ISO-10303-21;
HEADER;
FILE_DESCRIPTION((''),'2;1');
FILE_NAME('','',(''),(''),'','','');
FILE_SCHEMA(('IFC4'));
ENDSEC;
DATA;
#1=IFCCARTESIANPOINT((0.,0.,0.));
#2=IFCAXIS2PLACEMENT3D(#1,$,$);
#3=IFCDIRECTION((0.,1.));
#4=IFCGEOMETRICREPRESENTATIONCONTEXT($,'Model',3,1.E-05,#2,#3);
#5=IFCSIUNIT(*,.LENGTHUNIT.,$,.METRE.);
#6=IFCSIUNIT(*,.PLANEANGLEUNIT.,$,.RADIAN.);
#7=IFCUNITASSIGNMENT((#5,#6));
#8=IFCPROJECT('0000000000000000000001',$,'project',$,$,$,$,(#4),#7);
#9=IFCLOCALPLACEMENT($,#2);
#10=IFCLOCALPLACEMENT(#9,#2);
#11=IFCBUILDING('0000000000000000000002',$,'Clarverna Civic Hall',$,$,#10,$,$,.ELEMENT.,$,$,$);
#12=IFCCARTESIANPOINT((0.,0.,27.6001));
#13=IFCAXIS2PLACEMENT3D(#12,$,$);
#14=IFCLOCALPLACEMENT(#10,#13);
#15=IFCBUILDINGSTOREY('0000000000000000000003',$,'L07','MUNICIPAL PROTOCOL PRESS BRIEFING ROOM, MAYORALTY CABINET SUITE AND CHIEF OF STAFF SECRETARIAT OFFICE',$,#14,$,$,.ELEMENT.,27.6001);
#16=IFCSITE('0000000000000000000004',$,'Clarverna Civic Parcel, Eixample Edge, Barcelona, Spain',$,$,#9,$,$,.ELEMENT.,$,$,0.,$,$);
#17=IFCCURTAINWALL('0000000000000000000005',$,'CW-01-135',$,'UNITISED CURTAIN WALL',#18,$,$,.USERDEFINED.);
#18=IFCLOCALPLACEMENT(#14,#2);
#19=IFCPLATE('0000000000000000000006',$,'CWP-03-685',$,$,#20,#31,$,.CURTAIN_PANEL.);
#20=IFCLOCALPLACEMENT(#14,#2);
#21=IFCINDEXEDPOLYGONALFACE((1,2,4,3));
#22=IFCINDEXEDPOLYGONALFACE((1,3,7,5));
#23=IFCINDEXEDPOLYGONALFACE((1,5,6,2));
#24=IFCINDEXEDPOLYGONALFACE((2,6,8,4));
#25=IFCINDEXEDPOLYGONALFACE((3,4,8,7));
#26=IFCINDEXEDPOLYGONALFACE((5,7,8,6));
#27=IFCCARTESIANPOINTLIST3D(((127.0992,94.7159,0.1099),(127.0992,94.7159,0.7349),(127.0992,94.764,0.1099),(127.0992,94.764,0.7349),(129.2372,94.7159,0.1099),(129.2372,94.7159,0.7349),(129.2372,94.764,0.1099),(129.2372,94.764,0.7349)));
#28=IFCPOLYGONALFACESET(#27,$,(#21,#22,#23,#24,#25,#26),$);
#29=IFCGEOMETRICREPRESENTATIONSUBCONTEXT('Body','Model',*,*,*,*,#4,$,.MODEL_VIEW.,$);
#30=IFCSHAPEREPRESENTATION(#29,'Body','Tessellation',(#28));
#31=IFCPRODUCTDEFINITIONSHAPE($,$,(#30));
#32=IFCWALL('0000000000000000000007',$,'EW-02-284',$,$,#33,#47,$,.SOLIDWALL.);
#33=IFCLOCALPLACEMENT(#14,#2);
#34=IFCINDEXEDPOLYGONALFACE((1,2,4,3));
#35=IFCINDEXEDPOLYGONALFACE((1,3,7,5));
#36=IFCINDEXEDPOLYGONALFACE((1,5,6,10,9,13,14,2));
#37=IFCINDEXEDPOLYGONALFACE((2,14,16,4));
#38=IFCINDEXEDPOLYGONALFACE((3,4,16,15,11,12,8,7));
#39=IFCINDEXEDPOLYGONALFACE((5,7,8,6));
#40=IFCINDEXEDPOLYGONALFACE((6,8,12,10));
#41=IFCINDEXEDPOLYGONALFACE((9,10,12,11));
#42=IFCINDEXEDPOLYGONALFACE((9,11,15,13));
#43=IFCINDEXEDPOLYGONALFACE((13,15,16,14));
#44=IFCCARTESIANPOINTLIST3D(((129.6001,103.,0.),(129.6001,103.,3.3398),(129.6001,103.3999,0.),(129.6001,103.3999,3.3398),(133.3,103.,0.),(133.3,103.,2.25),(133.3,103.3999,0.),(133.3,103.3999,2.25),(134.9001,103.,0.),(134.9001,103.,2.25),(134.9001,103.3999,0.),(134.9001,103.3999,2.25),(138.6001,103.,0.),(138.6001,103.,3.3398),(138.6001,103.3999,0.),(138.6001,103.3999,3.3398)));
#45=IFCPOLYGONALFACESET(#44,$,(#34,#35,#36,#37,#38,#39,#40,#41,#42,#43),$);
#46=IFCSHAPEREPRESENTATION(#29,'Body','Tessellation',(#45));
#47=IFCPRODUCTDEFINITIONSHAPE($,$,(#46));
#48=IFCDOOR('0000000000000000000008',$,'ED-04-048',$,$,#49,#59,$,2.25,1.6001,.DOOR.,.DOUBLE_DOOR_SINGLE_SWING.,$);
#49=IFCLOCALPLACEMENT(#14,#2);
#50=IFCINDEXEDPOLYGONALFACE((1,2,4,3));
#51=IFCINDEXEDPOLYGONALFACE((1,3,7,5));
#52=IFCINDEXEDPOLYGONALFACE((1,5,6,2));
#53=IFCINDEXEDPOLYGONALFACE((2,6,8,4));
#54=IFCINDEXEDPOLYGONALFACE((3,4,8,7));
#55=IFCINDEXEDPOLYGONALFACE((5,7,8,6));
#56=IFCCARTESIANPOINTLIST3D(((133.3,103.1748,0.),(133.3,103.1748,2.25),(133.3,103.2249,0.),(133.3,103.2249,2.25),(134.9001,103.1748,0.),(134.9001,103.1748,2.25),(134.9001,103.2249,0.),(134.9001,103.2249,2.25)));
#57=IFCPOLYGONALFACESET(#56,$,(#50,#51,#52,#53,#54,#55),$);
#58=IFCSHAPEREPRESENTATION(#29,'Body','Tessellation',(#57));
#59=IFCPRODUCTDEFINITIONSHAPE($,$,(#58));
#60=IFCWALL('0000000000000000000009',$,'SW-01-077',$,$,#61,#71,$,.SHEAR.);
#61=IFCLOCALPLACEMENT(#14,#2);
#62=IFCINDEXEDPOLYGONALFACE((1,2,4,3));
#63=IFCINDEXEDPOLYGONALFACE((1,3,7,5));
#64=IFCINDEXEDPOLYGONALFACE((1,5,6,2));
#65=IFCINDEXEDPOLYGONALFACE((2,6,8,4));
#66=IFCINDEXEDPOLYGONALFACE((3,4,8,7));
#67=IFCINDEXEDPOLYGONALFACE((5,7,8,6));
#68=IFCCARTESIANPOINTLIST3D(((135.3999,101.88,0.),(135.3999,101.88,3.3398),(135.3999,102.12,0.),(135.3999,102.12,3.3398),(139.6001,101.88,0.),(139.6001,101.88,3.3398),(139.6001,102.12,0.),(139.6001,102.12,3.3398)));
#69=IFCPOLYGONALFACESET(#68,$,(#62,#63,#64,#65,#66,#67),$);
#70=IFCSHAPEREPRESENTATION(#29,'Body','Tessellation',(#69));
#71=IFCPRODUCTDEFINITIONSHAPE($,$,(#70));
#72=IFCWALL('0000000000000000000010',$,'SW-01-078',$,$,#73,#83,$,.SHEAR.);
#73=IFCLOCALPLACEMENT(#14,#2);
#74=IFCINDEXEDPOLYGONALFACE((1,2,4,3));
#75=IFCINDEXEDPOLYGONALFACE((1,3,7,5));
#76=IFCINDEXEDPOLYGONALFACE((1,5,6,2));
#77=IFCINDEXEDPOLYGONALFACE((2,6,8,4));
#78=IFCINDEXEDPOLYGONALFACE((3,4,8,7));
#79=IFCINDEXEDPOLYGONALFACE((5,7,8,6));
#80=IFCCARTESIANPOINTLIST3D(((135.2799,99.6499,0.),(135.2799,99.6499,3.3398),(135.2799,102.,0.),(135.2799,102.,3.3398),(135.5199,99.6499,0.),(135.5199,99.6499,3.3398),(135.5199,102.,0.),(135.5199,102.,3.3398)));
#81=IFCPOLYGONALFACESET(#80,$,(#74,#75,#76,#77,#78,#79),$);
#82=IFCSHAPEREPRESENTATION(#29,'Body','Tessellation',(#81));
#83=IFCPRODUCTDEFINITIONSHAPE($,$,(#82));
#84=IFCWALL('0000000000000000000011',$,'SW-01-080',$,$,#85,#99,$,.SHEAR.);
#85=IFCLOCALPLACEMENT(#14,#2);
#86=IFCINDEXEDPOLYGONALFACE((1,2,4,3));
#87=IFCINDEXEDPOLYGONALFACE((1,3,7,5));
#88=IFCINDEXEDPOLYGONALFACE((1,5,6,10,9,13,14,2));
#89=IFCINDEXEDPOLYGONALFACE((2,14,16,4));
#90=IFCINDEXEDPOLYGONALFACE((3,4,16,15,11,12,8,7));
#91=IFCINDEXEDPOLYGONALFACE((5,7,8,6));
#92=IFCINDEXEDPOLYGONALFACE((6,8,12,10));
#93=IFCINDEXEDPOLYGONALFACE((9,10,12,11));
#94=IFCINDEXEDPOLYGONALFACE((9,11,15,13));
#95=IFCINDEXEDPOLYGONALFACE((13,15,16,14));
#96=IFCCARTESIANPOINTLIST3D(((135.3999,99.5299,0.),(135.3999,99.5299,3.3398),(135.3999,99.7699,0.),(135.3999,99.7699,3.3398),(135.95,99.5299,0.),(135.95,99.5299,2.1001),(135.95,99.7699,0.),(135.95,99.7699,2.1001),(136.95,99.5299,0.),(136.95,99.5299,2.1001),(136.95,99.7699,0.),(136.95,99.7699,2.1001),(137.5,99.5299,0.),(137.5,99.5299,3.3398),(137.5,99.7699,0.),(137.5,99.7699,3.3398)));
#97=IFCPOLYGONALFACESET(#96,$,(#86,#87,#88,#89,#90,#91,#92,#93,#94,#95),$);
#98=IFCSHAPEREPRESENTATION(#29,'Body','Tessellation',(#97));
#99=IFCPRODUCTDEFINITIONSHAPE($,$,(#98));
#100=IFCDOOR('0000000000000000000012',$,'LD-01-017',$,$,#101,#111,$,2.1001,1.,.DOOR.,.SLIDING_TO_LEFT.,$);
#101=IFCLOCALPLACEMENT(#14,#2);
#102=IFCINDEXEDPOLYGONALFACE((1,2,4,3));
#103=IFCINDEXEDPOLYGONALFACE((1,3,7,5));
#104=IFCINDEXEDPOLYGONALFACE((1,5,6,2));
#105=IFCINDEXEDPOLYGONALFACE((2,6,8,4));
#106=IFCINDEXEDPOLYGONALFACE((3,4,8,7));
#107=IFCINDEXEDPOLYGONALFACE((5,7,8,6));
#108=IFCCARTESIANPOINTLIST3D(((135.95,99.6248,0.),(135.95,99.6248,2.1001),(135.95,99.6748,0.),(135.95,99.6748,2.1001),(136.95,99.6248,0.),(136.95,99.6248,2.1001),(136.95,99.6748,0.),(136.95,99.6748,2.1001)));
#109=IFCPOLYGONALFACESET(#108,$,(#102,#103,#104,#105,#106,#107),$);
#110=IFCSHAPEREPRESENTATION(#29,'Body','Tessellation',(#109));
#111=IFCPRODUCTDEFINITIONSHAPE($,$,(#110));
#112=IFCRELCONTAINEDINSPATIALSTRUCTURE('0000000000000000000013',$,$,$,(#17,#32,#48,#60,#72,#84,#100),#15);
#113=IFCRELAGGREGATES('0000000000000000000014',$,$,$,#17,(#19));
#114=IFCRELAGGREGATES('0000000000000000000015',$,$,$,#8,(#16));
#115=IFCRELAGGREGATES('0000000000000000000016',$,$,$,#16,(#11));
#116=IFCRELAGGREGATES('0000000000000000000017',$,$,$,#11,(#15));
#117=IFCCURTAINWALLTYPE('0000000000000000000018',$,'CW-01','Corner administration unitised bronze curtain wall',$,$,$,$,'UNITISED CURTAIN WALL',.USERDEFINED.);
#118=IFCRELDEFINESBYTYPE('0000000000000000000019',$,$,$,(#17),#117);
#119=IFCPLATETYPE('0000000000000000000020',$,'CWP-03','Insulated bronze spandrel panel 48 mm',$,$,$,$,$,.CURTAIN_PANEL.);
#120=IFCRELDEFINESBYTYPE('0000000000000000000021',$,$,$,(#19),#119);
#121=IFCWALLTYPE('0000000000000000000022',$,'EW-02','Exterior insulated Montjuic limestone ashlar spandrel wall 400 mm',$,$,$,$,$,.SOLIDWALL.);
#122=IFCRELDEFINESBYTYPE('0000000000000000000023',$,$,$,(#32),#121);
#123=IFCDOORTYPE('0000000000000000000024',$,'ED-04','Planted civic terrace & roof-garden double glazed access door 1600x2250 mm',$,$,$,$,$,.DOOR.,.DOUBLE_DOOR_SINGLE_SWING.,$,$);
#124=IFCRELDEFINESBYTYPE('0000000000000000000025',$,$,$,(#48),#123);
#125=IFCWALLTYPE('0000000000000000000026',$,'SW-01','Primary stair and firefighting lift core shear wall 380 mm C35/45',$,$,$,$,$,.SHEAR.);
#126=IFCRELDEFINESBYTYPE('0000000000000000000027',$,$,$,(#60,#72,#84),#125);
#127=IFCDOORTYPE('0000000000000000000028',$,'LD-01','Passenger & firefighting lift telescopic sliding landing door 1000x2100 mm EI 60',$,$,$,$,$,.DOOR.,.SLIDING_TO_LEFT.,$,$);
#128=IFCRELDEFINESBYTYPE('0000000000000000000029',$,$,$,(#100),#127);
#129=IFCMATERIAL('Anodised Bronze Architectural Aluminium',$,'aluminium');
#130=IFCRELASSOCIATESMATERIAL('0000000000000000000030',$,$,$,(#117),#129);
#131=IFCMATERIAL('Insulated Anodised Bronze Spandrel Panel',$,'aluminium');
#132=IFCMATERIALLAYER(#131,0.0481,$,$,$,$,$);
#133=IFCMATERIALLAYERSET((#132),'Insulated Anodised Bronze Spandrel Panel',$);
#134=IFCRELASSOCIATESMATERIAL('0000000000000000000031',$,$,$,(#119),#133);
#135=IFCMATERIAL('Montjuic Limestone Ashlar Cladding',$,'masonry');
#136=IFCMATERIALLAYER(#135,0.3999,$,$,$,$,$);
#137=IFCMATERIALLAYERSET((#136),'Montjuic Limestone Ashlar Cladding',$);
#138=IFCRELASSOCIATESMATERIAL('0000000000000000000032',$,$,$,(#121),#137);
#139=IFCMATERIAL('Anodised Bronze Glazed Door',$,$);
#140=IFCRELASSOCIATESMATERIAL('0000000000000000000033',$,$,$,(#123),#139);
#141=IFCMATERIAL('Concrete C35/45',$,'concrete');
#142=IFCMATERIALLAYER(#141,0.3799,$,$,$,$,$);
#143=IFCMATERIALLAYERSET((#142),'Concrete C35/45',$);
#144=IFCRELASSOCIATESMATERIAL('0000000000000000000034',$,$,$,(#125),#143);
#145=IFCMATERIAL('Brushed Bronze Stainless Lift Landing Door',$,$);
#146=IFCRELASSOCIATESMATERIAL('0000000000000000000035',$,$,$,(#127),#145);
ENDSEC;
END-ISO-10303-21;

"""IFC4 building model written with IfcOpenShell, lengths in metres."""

from ifc_helpers import new_model, si_unit, direction, frame, frame_2d, origin, place, context, subcontext, project, spatial, rectangle, extrude, material, layer, layer_set, type_object, element, fill, aggregate, save


model = new_model("IFC4")

# Units and contexts
model_context = context("Model", 3, precision=1e-05, world=origin(), true_north=direction((0.0, 1.0)))
body_context = subcontext(model_context, "Body", "Model", "MODEL_VIEW")
ifc_project = project(units=[si_unit("LENGTHUNIT", "METRE"), si_unit("PLANEANGLEUNIT", "RADIAN")], contexts=[model_context])

# Site, building, storey
site_placement = place(None, origin())
site = spatial("IfcSite", under=ifc_project, at=site_placement, Name="Clarverna Civic Parcel, Eixample Edge, Barcelona, Spain", CompositionType="ELEMENT", RefElevation=0.0)
building_placement = place(site_placement, origin())
building = spatial("IfcBuilding", under=site, at=building_placement, Name="Clarverna Civic Hall", CompositionType="ELEMENT")
storey_placement = place(building_placement, frame((0.0, 0.0, 27.6001)))
storey = spatial("IfcBuildingStorey", under=building, at=storey_placement, Name="L07", Description="MUNICIPAL PROTOCOL PRESS BRIEFING ROOM, MAYORALTY CABINET SUITE AND CHIEF OF STAFF SECRETARIAT OFFICE", CompositionType="ELEMENT", Elevation=27.6001)

# Shared definitions
ifc_material_1 = material(Name="Concrete C35/45", Category="concrete")

# Curtain wall
ifc_material_2 = material(Name="Anodised Bronze Architectural Aluminium", Category="aluminium")
curtain_wall_type = type_object("IfcCurtainWallType", Name="CW-01", Description="Corner administration unitised bronze curtain wall", ElementType="UNITISED CURTAIN WALL", PredefinedType="USERDEFINED", material=ifc_material_2)
curtain_wall_1_placement = place(storey_placement, origin())
curtain_wall_1 = element("IfcCurtainWall", 1, at=curtain_wall_1_placement, inside=storey, type_object=curtain_wall_type, Name="CW-01-135", ObjectType="UNITISED CURTAIN WALL", PredefinedType="USERDEFINED")

# Plate
ifc_material_3 = material(Name="Insulated Anodised Bronze Spandrel Panel", Category="aluminium")
ifc_layer_1 = layer(ifc_material_3, 0.0481)
ifc_layer_set_1 = layer_set([ifc_layer_1], Name="Insulated Anodised Bronze Spandrel Panel")
plate_type_1 = type_object("IfcPlateType", Name="CWP-03", Description="Insulated bronze spandrel panel 48 mm", PredefinedType="CURTAIN_PANEL", material=ifc_layer_set_1)
plate_1_placement = place(storey_placement, frame((129.2371, 94.74, 0.1099), z_axis=(0.0, 0.0, 1.0), x_axis=(-1.0, 0.0, 0.0)))
plate_1 = element("IfcPlate", 2, at=plate_1_placement, type_object=plate_type_1, Name="CWP-03-685", PredefinedType="CURTAIN_PANEL", context=body_context, shape_type="SweptSolid", body=[
    extrude(rectangle(XDim=2.1379, YDim=0.0481, at=frame_2d((1.0688, 0.0))), origin(), (0.0, 0.0, 1.0), 0.625),
])
aggregate(curtain_wall_1, [plate_1])

# Wall, opening, door
ifc_material_4 = material(Name="Montjuic Limestone Ashlar Cladding", Category="masonry")
ifc_layer_2 = layer(ifc_material_4, 0.3999)
ifc_layer_set_2 = layer_set([ifc_layer_2], Name="Montjuic Limestone Ashlar Cladding")
wall_type_1 = type_object("IfcWallType", Name="EW-02", Description="Exterior insulated Montjuic limestone ashlar spandrel wall 400 mm", PredefinedType="SOLIDWALL", material=ifc_layer_set_2)
wall_1_placement = place(storey_placement, frame((129.6001, 103.2, 0.0), z_axis=(0.0, 0.0, 1.0), x_axis=(1.0, 0.0, 0.0)))
wall_1 = element("IfcWall", 3, at=wall_1_placement, inside=storey, type_object=wall_type_1, Name="EW-02-284", PredefinedType="SOLIDWALL", context=body_context, shape_type="SweptSolid", body=[
    extrude(rectangle(XDim=9.0, YDim=0.3999, at=frame_2d((4.5, 0.0))), origin(), (0.0, 0.0, 1.0), 3.3398),
])
opening_1_placement = place(wall_1_placement, frame((3.7, 0.0, 0.0)))
opening_1 = element("IfcOpeningElement", 4, at=opening_1_placement, cuts=wall_1, PredefinedType="OPENING", context=body_context, shape_type="SweptSolid", body=[
    extrude(rectangle(XDim=1.6001, YDim=2.25, at=frame_2d((0.8, 1.125))), frame((0.0, 0.21, 0.0), z_axis=(0.0, -1.0, 0.0), x_axis=(1.0, 0.0, 0.0)), (0.0, 0.0, 1.0), 0.4199),
])
ifc_material_5 = material(Name="Anodised Bronze Glazed Door")
door_type_1 = type_object("IfcDoorType", Name="ED-04", Description="Planted civic terrace & roof-garden double glazed access door 1600x2250 mm", OperationType="DOUBLE_DOOR_SINGLE_SWING", PredefinedType="DOOR", material=ifc_material_5)
door_1_placement = place(opening_1_placement, origin())
door_1 = element("IfcDoor", 5, at=door_1_placement, inside=storey, type_object=door_type_1, Name="ED-04-048", OperationType="DOUBLE_DOOR_SINGLE_SWING", OverallHeight=2.25, OverallWidth=1.6001, PredefinedType="DOOR", context=body_context, shape_type="SweptSolid", body=[
    extrude(rectangle(XDim=1.6001, YDim=2.25, at=frame_2d((0.8, 1.125))), frame((0.0, 0.0249, 0.0), z_axis=(0.0, -1.0, 0.0), x_axis=(1.0, 0.0, 0.0)), (0.0, 0.0, 1.0), 0.05),
])
fill(opening_1, door_1)

# Walls
ifc_layer_3 = layer(ifc_material_1, 0.3799)
ifc_layer_set_3 = layer_set([ifc_layer_3], Name="Concrete C35/45")
wall_type_2 = type_object("IfcWallType", Name="SW-01", Description="Primary stair and firefighting lift core shear wall 380 mm C35/45", PredefinedType="SHEAR", material=ifc_layer_set_3)
wall_2_placement = place(storey_placement, frame((135.3999, 102.0, 0.0), z_axis=(0.0, 0.0, 1.0), x_axis=(1.0, 0.0, 0.0)))
element("IfcWall", 6, at=wall_2_placement, inside=storey, type_object=wall_type_2, Name="SW-01-077", PredefinedType="SHEAR", context=body_context, shape_type="SweptSolid", body=[
    extrude(rectangle(XDim=4.2002, YDim=0.24, at=frame_2d((2.1001, 0.0))), origin(), (0.0, 0.0, 1.0), 3.3398),
])
wall_3_placement = place(storey_placement, frame((135.3999, 99.6499, 0.0), z_axis=(0.0, 0.0, 1.0), x_axis=(0.0, 1.0, 0.0)))
element("IfcWall", 7, at=wall_3_placement, inside=storey, type_object=wall_type_2, Name="SW-01-078", PredefinedType="SHEAR", context=body_context, shape_type="SweptSolid", body=[
    extrude(rectangle(XDim=2.3501, YDim=0.24, at=frame_2d((1.175, 0.0))), origin(), (0.0, 0.0, 1.0), 3.3398),
])

# Wall, opening, door
wall_4_placement = place(storey_placement, frame((135.3999, 99.6499, 0.0), z_axis=(0.0, 0.0, 1.0), x_axis=(1.0, 0.0, 0.0)))
wall_4 = element("IfcWall", 8, at=wall_4_placement, inside=storey, type_object=wall_type_2, Name="SW-01-080", PredefinedType="SHEAR", context=body_context, shape_type="SweptSolid", body=[
    extrude(rectangle(XDim=2.1001, YDim=0.24, at=frame_2d((1.05, 0.0))), origin(), (0.0, 0.0, 1.0), 3.3398),
])
opening_2_placement = place(wall_4_placement, frame((0.55, 0.0, 0.0)))
opening_2 = element("IfcOpeningElement", 9, at=opening_2_placement, cuts=wall_4, PredefinedType="OPENING", context=body_context, shape_type="SweptSolid", body=[
    extrude(rectangle(XDim=1.0, YDim=2.1001, at=frame_2d((0.5, 1.05))), frame((0.0, 0.1299, 0.0), z_axis=(0.0, -1.0, 0.0), x_axis=(1.0, 0.0, 0.0)), (0.0, 0.0, 1.0), 0.26),
])
ifc_material_6 = material(Name="Brushed Bronze Stainless Lift Landing Door")
door_type_2 = type_object("IfcDoorType", Name="LD-01", Description="Passenger & firefighting lift telescopic sliding landing door 1000x2100 mm EI 60", OperationType="SLIDING_TO_LEFT", PredefinedType="DOOR", material=ifc_material_6)
door_2_placement = place(opening_2_placement, origin())
door_2 = element("IfcDoor", 10, at=door_2_placement, inside=storey, type_object=door_type_2, Name="LD-01-017", OperationType="SLIDING_TO_LEFT", OverallHeight=2.1001, OverallWidth=1.0, PredefinedType="DOOR", context=body_context, shape_type="SweptSolid", body=[
    extrude(rectangle(XDim=1.0, YDim=2.1001, at=frame_2d((0.5, 1.05))), frame((0.0, 0.0249, 0.0), z_axis=(0.0, -1.0, 0.0), x_axis=(1.0, 0.0, 0.0)), (0.0, 0.0, 1.0), 0.05),
])
fill(opening_2, door_2)

save(model, "model.ifc")
